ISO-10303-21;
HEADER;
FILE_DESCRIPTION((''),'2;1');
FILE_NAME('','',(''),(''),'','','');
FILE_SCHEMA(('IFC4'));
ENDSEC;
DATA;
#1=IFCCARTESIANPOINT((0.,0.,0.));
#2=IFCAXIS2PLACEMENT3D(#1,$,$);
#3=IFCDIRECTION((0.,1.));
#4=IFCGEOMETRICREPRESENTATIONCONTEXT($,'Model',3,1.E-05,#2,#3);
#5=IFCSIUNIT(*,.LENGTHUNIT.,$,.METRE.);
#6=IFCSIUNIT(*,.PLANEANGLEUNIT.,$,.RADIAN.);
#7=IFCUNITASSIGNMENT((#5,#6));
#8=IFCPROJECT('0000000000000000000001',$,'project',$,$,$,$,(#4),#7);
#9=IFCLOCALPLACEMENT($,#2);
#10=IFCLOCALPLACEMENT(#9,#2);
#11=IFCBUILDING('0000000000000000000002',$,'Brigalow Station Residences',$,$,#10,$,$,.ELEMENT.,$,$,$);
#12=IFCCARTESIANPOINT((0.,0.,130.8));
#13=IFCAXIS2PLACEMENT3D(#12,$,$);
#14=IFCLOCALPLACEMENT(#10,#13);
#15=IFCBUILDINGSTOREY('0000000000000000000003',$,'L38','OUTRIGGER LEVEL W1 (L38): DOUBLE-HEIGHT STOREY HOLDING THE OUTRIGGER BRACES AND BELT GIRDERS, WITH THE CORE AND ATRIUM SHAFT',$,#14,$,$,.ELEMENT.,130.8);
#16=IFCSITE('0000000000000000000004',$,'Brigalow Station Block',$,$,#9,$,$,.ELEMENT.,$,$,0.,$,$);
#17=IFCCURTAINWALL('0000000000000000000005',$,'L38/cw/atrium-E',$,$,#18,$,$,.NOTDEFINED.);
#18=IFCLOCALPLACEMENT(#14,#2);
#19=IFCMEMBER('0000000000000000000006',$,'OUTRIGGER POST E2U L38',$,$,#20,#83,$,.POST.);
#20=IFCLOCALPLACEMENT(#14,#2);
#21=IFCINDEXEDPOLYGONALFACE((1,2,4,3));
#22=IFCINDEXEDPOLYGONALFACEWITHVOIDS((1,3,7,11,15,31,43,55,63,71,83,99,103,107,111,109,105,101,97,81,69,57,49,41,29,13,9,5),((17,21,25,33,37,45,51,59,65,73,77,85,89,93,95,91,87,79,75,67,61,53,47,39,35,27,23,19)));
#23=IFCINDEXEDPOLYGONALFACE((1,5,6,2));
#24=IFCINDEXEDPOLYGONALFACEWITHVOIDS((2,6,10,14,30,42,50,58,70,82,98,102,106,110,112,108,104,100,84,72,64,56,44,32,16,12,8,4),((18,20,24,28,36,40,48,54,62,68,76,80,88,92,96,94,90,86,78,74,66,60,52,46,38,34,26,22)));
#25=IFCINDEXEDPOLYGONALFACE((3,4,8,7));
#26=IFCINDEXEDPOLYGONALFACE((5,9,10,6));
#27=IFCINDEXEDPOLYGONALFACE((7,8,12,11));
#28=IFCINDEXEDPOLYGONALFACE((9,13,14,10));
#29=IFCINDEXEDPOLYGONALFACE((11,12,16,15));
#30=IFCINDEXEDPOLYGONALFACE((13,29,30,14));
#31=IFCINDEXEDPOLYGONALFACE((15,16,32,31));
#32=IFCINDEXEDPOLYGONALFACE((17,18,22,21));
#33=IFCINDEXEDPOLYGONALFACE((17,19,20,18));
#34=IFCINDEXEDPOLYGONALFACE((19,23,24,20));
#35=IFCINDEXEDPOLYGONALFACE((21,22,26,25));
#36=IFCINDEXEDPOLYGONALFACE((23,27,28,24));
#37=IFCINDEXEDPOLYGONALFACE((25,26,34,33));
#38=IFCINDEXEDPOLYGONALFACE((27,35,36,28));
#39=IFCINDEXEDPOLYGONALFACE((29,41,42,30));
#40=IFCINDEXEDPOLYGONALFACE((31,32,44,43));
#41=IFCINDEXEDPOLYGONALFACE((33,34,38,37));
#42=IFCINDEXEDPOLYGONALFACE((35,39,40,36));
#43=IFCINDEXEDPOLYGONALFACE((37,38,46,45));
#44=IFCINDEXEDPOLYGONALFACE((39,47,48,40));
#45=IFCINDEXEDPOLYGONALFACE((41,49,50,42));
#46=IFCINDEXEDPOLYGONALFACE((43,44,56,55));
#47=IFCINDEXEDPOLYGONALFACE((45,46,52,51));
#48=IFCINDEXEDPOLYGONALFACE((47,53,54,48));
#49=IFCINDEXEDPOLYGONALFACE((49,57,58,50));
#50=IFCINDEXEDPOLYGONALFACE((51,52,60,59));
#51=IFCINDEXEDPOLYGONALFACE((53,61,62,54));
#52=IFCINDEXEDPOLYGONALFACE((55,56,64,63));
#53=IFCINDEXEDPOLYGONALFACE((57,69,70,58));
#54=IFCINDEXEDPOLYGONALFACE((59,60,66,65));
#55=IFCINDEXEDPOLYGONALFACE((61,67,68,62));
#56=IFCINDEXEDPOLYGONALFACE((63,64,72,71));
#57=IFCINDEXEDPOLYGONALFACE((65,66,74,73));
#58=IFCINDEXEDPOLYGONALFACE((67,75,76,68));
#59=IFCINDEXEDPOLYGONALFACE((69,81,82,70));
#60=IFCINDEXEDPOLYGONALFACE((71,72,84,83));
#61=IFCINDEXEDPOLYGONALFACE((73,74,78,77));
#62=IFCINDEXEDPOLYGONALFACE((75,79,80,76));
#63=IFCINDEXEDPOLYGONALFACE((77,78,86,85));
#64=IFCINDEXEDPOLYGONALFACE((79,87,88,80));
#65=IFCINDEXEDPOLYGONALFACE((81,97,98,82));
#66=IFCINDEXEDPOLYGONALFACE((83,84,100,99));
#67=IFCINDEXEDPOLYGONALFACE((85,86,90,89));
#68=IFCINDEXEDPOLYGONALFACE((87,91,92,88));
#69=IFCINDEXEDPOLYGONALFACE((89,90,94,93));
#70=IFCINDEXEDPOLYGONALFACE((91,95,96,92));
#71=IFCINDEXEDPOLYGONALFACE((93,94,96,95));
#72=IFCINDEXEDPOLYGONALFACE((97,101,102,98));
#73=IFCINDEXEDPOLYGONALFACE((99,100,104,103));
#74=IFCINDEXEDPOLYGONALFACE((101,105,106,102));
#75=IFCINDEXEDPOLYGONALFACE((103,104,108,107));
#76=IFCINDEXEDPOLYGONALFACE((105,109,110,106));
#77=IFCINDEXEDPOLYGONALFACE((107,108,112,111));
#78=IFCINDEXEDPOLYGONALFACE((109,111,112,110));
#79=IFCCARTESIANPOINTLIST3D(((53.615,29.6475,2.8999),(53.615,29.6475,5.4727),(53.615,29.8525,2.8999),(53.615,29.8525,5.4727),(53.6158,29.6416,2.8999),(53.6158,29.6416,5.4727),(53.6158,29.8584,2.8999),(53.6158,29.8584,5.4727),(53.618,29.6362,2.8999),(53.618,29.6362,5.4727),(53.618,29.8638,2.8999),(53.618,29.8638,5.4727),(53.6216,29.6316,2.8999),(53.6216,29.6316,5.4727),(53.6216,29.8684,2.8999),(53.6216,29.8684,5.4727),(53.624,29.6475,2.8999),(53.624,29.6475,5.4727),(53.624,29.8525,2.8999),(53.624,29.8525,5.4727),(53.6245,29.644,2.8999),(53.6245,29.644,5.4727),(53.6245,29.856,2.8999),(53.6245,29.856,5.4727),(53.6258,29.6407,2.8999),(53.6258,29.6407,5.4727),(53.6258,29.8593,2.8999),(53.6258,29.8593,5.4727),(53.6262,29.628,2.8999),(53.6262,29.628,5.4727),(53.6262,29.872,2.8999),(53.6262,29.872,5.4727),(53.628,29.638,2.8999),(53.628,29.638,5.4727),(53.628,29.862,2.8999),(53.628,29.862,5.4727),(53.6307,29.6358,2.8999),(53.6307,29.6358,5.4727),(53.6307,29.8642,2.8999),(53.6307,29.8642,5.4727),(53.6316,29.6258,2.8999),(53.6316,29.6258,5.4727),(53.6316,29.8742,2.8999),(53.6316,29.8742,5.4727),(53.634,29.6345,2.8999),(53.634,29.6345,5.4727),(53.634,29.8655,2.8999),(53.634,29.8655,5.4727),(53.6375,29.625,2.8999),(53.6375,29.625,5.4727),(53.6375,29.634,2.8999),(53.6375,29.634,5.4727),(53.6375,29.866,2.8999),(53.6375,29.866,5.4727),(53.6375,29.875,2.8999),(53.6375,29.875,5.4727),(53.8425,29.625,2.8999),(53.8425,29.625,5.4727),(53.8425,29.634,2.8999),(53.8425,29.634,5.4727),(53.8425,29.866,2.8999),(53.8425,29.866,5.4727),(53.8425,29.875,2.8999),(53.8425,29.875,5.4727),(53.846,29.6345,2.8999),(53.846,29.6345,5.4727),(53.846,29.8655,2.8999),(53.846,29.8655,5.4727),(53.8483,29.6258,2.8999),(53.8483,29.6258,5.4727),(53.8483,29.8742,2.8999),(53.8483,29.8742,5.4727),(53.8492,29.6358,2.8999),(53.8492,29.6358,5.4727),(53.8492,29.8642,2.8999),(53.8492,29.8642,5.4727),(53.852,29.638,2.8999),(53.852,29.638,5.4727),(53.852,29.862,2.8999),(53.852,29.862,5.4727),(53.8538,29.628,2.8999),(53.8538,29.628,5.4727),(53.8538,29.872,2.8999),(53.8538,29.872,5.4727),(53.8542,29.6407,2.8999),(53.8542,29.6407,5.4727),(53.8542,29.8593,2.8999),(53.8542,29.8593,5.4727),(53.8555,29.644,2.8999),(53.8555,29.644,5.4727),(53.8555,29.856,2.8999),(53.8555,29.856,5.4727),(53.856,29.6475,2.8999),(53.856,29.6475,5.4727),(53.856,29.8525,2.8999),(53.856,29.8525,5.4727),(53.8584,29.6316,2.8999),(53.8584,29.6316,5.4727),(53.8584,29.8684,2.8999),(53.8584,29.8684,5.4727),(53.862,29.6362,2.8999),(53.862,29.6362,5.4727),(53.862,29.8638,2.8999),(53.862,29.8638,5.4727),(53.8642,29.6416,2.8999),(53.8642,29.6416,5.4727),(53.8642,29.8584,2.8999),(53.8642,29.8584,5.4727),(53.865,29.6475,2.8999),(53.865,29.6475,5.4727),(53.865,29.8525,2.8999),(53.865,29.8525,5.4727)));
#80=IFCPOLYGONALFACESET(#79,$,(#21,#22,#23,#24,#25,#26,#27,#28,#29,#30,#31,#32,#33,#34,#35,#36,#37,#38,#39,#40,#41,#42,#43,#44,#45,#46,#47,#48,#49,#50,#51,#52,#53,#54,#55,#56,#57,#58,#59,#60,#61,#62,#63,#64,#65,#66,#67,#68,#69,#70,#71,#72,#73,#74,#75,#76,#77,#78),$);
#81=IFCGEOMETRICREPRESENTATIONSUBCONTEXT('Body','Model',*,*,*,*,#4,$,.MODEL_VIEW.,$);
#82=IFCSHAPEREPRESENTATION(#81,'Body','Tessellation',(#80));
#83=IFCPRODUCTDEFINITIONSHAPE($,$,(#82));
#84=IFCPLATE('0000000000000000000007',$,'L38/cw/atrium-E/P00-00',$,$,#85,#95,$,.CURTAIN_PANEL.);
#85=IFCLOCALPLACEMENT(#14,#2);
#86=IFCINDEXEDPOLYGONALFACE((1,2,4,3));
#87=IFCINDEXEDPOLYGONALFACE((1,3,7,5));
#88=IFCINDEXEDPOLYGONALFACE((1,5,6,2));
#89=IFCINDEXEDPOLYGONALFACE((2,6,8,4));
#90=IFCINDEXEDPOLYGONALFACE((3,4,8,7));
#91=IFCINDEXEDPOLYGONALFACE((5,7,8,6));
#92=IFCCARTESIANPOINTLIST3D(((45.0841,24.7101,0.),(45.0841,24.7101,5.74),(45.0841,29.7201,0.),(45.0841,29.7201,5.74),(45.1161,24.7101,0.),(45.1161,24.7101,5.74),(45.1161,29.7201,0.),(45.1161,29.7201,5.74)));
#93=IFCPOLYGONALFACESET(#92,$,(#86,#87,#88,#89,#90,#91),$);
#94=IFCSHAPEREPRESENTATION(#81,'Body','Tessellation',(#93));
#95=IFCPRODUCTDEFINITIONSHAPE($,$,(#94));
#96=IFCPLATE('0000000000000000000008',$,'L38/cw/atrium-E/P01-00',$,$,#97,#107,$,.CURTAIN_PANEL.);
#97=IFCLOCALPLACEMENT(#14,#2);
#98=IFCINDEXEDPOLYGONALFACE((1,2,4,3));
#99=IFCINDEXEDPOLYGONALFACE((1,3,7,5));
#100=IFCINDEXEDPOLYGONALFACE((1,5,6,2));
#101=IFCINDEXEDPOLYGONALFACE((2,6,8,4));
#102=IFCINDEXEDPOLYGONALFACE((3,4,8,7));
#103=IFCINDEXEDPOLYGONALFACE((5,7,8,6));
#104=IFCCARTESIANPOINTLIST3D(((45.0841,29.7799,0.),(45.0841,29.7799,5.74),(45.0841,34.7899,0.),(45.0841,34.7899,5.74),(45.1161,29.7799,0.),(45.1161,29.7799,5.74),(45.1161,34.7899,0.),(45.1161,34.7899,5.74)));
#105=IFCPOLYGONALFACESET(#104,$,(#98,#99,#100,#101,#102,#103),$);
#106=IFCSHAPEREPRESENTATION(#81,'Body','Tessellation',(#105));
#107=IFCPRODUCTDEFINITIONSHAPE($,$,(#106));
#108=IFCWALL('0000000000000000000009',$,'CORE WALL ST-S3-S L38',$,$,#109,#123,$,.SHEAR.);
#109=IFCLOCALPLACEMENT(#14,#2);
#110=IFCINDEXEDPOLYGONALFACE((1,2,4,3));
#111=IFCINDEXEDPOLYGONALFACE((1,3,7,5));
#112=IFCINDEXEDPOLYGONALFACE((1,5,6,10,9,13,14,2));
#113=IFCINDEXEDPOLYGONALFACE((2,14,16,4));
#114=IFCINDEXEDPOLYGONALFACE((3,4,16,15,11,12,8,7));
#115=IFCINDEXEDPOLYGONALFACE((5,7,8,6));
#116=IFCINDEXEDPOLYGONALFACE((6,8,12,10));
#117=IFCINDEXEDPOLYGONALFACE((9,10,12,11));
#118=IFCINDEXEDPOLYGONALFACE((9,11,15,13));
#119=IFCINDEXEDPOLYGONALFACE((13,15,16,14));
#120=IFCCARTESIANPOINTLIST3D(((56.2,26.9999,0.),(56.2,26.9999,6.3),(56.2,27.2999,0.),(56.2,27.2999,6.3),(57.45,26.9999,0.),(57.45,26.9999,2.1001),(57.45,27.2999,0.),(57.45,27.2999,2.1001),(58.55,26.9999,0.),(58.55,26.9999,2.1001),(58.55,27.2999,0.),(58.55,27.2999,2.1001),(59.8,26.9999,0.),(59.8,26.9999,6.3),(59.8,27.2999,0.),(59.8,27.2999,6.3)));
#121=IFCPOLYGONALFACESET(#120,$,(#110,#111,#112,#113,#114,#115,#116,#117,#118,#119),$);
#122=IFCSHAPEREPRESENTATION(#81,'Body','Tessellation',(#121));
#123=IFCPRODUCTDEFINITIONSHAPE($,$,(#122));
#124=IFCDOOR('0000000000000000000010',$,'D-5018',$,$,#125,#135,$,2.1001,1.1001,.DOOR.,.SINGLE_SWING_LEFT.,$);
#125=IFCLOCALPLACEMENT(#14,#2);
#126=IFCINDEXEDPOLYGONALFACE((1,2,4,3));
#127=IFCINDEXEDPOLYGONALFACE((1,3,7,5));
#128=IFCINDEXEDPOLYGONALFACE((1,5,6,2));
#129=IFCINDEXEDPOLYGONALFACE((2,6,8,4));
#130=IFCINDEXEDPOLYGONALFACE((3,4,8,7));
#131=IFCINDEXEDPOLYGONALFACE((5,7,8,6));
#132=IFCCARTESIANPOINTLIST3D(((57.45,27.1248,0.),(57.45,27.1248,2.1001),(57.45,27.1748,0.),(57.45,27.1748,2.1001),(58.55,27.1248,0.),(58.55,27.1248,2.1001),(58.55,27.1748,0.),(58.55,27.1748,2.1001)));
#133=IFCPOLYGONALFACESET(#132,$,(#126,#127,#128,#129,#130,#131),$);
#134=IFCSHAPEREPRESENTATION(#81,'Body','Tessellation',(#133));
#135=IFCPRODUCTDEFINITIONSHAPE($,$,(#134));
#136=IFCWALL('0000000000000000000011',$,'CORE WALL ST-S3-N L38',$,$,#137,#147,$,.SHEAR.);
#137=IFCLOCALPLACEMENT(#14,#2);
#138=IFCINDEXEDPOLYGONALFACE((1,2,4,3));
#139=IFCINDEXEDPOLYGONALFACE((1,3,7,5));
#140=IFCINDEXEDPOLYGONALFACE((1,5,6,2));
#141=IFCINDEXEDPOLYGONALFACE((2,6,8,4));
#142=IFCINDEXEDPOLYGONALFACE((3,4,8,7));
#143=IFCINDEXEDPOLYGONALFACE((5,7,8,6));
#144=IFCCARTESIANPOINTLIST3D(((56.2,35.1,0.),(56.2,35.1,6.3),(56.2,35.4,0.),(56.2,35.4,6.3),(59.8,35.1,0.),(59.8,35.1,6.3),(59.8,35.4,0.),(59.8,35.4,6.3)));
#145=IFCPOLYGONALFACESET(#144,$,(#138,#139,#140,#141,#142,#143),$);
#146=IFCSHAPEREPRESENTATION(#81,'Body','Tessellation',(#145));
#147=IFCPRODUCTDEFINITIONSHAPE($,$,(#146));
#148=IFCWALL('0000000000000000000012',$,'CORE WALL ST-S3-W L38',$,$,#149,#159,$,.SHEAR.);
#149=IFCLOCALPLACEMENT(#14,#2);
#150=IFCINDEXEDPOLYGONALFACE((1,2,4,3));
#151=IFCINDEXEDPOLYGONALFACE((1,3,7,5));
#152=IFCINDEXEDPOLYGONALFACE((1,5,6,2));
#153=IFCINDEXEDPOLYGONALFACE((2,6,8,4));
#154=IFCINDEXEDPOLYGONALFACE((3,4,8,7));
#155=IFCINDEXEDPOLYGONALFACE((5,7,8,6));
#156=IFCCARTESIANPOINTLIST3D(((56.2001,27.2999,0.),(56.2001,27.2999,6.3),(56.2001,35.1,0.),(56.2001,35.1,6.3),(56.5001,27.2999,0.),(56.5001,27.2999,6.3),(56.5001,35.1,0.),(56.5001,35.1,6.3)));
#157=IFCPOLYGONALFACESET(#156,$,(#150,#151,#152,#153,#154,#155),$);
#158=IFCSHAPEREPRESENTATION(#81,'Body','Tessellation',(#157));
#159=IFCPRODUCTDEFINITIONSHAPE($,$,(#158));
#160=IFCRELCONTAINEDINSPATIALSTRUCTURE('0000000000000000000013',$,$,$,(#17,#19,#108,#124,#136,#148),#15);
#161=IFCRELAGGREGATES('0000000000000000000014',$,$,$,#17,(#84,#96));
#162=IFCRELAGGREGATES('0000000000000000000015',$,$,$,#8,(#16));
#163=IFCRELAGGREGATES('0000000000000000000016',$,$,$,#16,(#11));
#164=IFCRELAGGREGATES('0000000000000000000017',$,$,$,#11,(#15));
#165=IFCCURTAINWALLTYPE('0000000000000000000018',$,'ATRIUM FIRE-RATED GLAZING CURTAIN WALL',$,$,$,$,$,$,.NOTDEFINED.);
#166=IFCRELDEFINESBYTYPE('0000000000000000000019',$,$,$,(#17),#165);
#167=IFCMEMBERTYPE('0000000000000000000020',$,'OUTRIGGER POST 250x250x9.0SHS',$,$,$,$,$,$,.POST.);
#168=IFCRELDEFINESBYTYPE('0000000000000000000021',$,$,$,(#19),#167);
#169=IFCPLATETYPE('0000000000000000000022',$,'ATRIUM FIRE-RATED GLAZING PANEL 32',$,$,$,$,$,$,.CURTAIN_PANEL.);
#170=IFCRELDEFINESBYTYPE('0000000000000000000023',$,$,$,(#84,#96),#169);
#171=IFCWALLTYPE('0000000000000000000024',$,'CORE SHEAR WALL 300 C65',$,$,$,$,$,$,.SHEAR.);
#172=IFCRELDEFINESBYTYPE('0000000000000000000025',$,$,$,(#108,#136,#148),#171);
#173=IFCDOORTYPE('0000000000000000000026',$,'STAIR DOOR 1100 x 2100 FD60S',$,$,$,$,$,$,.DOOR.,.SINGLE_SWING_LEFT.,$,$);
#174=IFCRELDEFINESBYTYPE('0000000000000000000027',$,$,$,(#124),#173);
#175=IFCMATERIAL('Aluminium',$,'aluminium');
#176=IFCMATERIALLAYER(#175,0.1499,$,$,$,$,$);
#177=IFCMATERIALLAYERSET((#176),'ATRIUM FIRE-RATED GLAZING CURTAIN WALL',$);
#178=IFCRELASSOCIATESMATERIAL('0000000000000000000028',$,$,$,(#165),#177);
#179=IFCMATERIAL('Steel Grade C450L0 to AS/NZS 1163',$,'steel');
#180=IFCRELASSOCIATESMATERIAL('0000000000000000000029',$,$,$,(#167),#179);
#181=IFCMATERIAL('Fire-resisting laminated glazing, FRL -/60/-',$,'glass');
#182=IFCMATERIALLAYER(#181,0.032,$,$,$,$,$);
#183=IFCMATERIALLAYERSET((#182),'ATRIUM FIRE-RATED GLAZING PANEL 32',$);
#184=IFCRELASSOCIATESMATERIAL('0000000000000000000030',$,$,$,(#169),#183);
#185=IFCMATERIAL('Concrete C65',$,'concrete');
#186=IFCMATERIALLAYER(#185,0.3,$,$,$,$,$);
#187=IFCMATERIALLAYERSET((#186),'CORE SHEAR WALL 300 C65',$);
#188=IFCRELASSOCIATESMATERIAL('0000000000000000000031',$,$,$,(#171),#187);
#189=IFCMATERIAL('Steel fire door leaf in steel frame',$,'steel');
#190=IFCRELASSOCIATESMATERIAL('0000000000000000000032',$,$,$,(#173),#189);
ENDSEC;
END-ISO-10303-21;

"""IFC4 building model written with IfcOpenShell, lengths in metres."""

from ifc_helpers import new_model, si_unit, direction, frame, frame_2d, origin, origin_2d, place, context, subcontext, project, spatial, rectangle, hollow_rectangle, extrude, material, layer, layer_set, material_profile, profile_set, type_object, element, fill, aggregate, save


model = new_model("IFC4")

# Units and contexts
model_context = context("Model", 3, precision=1e-05, world=origin(), true_north=direction((0.0, 1.0)))
body_context = subcontext(model_context, "Body", "Model", "MODEL_VIEW")
ifc_project = project(units=[si_unit("LENGTHUNIT", "METRE"), si_unit("PLANEANGLEUNIT", "RADIAN")], contexts=[model_context])

# Site, building, storey
site_placement = place(None, origin())
site = spatial("IfcSite", under=ifc_project, at=site_placement, Name="Brigalow Station Block", CompositionType="ELEMENT", RefElevation=0.0)
building_placement = place(site_placement, origin())
building = spatial("IfcBuilding", under=site, at=building_placement, Name="Brigalow Station Residences", CompositionType="ELEMENT")
storey_placement = place(building_placement, frame((0.0, 0.0, 130.8)))
storey = spatial("IfcBuildingStorey", under=building, at=storey_placement, Name="L38", Description="OUTRIGGER LEVEL W1 (L38): DOUBLE-HEIGHT STOREY HOLDING THE OUTRIGGER BRACES AND BELT GIRDERS, WITH THE CORE AND ATRIUM SHAFT", CompositionType="ELEMENT", Elevation=130.8)

# Curtain wall
ifc_material_1 = material(Name="Aluminium", Category="aluminium")
ifc_layer_1 = layer(ifc_material_1, 0.1499)
ifc_layer_set_1 = layer_set([ifc_layer_1], Name="ATRIUM FIRE-RATED GLAZING CURTAIN WALL")
curtain_wall_type = type_object("IfcCurtainWallType", Name="ATRIUM FIRE-RATED GLAZING CURTAIN WALL", PredefinedType="NOTDEFINED", material=ifc_layer_set_1)
curtain_wall_1_placement = place(storey_placement, origin())
curtain_wall_1 = element("IfcCurtainWall", 1, at=curtain_wall_1_placement, inside=storey, type_object=curtain_wall_type, Name="L38/cw/atrium-E", PredefinedType="NOTDEFINED")

# Member
ifc_material_2 = material(Name="Steel Grade C450L0 to AS/NZS 1163", Category="steel")
ifc_material_profile_1 = material_profile(ifc_material_2, hollow_rectangle(XDim=0.25, YDim=0.25, WallThickness=0.009, InnerFilletRadius=0.0134, OuterFilletRadius=0.0225, at=origin_2d()), Name="250x250x9.0SHS")
ifc_profile_set_1 = profile_set([ifc_material_profile_1], Name="Steel Grade C450L0 to AS/NZS 1163")
member_type_1 = type_object("IfcMemberType", Name="OUTRIGGER POST 250x250x9.0SHS", PredefinedType="POST", material=ifc_profile_set_1)
for number, where, z_axis, x_axis, name in (
    (2, (53.74, 29.75, 2.8999), (0.0, 0.0, 1.0), (1.0, 0.0, 0.0), "OUTRIGGER POST E2U L38"),
):
    element("IfcMember", number, at=place(storey_placement, frame(where, z_axis=z_axis, x_axis=x_axis)), inside=storey, type_object=member_type_1, Name=name, PredefinedType="POST", context=body_context, shape_type="SweptSolid", body=[
        extrude(hollow_rectangle(XDim=0.25, YDim=0.25, WallThickness=0.009, InnerFilletRadius=0.0134, OuterFilletRadius=0.0225, at=origin_2d()), origin(), (0.0, 0.0, 1.0), 2.5728),
    ])

# Plates
ifc_material_3 = material(Name="Fire-resisting laminated glazing, FRL -/60/-", Category="glass")
ifc_layer_2 = layer(ifc_material_3, 0.032)
ifc_layer_set_2 = layer_set([ifc_layer_2], Name="ATRIUM FIRE-RATED GLAZING PANEL 32")
plate_type = type_object("IfcPlateType", Name="ATRIUM FIRE-RATED GLAZING PANEL 32", PredefinedType="CURTAIN_PANEL", material=ifc_layer_set_2)
plate_1_placement = place(storey_placement, frame((45.1001, 27.2151, 0.0), z_axis=(0.0, 0.0, 1.0), x_axis=(0.0, 1.0, 0.0)))
plate_1 = element("IfcPlate", 3, at=plate_1_placement, type_object=plate_type, Name="L38/cw/atrium-E/P00-00", PredefinedType="CURTAIN_PANEL", context=body_context, shape_type="SweptSolid", body=[
    extrude(rectangle(XDim=5.01, YDim=0.032, at=origin_2d()), origin(), (0.0, 0.0, 1.0), 5.74),
])
plate_2_placement = place(storey_placement, frame((45.1001, 32.2849, 0.0), z_axis=(0.0, 0.0, 1.0), x_axis=(0.0, 1.0, 0.0)))
plate_2 = element("IfcPlate", 4, at=plate_2_placement, type_object=plate_type, Name="L38/cw/atrium-E/P01-00", PredefinedType="CURTAIN_PANEL", context=body_context, shape_type="SweptSolid", body=[
    extrude(rectangle(XDim=5.01, YDim=0.032, at=origin_2d()), origin(), (0.0, 0.0, 1.0), 5.74),
])
aggregate(curtain_wall_1, [plate_1, plate_2])

# Wall, opening, door
ifc_material_4 = material(Name="Concrete C65", Category="concrete")
ifc_layer_3 = layer(ifc_material_4, 0.3)
ifc_layer_set_3 = layer_set([ifc_layer_3], Name="CORE SHEAR WALL 300 C65")
wall_type = type_object("IfcWallType", Name="CORE SHEAR WALL 300 C65", PredefinedType="SHEAR", material=ifc_layer_set_3)
wall_1_placement = place(storey_placement, frame((56.2, 27.1499, 0.0), z_axis=(0.0, 0.0, 1.0), x_axis=(1.0, 0.0, 0.0)))
wall_1 = element("IfcWall", 5, at=wall_1_placement, inside=storey, type_object=wall_type, Name="CORE WALL ST-S3-S L38", PredefinedType="SHEAR", context=body_context, shape_type="SweptSolid", body=[
    extrude(rectangle(XDim=3.6001, YDim=0.3, at=frame_2d((1.8, 0.0))), origin(), (0.0, 0.0, 1.0), 6.3),
])
opening_placement = place(wall_1_placement, frame((1.25, 0.0, 0.0)))
opening = element("IfcOpeningElement", 6, at=opening_placement, cuts=wall_1, PredefinedType="OPENING", context=body_context, shape_type="SweptSolid", body=[
    extrude(rectangle(XDim=1.1001, YDim=2.1001, at=frame_2d((0.55, 1.05))), frame((0.0, 0.1602, 0.0), z_axis=(0.0, -1.0, 0.0), x_axis=(1.0, 0.0, 0.0)), (0.0, 0.0, 1.0), 0.3201),
])
ifc_material_5 = material(Name="Steel fire door leaf in steel frame", Category="steel")
door_type = type_object("IfcDoorType", Name="STAIR DOOR 1100 x 2100 FD60S", OperationType="SINGLE_SWING_LEFT", PredefinedType="DOOR", material=ifc_material_5)
door_placement = place(opening_placement, origin())
door = element("IfcDoor", 7, at=door_placement, inside=storey, type_object=door_type, Name="D-5018", OperationType="SINGLE_SWING_LEFT", OverallHeight=2.1001, OverallWidth=1.1001, PredefinedType="DOOR", context=body_context, shape_type="SweptSolid", body=[
    extrude(rectangle(XDim=1.1001, YDim=2.1001, at=frame_2d((0.55, 1.05))), frame((0.0, 0.0249, 0.0), z_axis=(0.0, -1.0, 0.0), x_axis=(1.0, 0.0, 0.0)), (0.0, 0.0, 1.0), 0.05),
])
fill(opening, door)

# Walls
wall_2_placement = place(storey_placement, frame((56.2, 35.25, 0.0), z_axis=(0.0, 0.0, 1.0), x_axis=(1.0, 0.0, 0.0)))
element("IfcWall", 8, at=wall_2_placement, inside=storey, type_object=wall_type, Name="CORE WALL ST-S3-N L38", PredefinedType="SHEAR", context=body_context, shape_type="SweptSolid", body=[
    extrude(rectangle(XDim=3.6001, YDim=0.3, at=frame_2d((1.8, 0.0))), origin(), (0.0, 0.0, 1.0), 6.3),
])
wall_3_placement = place(storey_placement, frame((56.3501, 27.3, 0.0), z_axis=(0.0, 0.0, 1.0), x_axis=(0.0, 1.0, 0.0)))
element("IfcWall", 9, at=wall_3_placement, inside=storey, type_object=wall_type, Name="CORE WALL ST-S3-W L38", PredefinedType="SHEAR", context=body_context, shape_type="SweptSolid", body=[
    extrude(rectangle(XDim=7.8, YDim=0.3, at=frame_2d((3.8999, 0.0))), origin(), (0.0, 0.0, 1.0), 6.3),
])

save(model, "model.ifc")
